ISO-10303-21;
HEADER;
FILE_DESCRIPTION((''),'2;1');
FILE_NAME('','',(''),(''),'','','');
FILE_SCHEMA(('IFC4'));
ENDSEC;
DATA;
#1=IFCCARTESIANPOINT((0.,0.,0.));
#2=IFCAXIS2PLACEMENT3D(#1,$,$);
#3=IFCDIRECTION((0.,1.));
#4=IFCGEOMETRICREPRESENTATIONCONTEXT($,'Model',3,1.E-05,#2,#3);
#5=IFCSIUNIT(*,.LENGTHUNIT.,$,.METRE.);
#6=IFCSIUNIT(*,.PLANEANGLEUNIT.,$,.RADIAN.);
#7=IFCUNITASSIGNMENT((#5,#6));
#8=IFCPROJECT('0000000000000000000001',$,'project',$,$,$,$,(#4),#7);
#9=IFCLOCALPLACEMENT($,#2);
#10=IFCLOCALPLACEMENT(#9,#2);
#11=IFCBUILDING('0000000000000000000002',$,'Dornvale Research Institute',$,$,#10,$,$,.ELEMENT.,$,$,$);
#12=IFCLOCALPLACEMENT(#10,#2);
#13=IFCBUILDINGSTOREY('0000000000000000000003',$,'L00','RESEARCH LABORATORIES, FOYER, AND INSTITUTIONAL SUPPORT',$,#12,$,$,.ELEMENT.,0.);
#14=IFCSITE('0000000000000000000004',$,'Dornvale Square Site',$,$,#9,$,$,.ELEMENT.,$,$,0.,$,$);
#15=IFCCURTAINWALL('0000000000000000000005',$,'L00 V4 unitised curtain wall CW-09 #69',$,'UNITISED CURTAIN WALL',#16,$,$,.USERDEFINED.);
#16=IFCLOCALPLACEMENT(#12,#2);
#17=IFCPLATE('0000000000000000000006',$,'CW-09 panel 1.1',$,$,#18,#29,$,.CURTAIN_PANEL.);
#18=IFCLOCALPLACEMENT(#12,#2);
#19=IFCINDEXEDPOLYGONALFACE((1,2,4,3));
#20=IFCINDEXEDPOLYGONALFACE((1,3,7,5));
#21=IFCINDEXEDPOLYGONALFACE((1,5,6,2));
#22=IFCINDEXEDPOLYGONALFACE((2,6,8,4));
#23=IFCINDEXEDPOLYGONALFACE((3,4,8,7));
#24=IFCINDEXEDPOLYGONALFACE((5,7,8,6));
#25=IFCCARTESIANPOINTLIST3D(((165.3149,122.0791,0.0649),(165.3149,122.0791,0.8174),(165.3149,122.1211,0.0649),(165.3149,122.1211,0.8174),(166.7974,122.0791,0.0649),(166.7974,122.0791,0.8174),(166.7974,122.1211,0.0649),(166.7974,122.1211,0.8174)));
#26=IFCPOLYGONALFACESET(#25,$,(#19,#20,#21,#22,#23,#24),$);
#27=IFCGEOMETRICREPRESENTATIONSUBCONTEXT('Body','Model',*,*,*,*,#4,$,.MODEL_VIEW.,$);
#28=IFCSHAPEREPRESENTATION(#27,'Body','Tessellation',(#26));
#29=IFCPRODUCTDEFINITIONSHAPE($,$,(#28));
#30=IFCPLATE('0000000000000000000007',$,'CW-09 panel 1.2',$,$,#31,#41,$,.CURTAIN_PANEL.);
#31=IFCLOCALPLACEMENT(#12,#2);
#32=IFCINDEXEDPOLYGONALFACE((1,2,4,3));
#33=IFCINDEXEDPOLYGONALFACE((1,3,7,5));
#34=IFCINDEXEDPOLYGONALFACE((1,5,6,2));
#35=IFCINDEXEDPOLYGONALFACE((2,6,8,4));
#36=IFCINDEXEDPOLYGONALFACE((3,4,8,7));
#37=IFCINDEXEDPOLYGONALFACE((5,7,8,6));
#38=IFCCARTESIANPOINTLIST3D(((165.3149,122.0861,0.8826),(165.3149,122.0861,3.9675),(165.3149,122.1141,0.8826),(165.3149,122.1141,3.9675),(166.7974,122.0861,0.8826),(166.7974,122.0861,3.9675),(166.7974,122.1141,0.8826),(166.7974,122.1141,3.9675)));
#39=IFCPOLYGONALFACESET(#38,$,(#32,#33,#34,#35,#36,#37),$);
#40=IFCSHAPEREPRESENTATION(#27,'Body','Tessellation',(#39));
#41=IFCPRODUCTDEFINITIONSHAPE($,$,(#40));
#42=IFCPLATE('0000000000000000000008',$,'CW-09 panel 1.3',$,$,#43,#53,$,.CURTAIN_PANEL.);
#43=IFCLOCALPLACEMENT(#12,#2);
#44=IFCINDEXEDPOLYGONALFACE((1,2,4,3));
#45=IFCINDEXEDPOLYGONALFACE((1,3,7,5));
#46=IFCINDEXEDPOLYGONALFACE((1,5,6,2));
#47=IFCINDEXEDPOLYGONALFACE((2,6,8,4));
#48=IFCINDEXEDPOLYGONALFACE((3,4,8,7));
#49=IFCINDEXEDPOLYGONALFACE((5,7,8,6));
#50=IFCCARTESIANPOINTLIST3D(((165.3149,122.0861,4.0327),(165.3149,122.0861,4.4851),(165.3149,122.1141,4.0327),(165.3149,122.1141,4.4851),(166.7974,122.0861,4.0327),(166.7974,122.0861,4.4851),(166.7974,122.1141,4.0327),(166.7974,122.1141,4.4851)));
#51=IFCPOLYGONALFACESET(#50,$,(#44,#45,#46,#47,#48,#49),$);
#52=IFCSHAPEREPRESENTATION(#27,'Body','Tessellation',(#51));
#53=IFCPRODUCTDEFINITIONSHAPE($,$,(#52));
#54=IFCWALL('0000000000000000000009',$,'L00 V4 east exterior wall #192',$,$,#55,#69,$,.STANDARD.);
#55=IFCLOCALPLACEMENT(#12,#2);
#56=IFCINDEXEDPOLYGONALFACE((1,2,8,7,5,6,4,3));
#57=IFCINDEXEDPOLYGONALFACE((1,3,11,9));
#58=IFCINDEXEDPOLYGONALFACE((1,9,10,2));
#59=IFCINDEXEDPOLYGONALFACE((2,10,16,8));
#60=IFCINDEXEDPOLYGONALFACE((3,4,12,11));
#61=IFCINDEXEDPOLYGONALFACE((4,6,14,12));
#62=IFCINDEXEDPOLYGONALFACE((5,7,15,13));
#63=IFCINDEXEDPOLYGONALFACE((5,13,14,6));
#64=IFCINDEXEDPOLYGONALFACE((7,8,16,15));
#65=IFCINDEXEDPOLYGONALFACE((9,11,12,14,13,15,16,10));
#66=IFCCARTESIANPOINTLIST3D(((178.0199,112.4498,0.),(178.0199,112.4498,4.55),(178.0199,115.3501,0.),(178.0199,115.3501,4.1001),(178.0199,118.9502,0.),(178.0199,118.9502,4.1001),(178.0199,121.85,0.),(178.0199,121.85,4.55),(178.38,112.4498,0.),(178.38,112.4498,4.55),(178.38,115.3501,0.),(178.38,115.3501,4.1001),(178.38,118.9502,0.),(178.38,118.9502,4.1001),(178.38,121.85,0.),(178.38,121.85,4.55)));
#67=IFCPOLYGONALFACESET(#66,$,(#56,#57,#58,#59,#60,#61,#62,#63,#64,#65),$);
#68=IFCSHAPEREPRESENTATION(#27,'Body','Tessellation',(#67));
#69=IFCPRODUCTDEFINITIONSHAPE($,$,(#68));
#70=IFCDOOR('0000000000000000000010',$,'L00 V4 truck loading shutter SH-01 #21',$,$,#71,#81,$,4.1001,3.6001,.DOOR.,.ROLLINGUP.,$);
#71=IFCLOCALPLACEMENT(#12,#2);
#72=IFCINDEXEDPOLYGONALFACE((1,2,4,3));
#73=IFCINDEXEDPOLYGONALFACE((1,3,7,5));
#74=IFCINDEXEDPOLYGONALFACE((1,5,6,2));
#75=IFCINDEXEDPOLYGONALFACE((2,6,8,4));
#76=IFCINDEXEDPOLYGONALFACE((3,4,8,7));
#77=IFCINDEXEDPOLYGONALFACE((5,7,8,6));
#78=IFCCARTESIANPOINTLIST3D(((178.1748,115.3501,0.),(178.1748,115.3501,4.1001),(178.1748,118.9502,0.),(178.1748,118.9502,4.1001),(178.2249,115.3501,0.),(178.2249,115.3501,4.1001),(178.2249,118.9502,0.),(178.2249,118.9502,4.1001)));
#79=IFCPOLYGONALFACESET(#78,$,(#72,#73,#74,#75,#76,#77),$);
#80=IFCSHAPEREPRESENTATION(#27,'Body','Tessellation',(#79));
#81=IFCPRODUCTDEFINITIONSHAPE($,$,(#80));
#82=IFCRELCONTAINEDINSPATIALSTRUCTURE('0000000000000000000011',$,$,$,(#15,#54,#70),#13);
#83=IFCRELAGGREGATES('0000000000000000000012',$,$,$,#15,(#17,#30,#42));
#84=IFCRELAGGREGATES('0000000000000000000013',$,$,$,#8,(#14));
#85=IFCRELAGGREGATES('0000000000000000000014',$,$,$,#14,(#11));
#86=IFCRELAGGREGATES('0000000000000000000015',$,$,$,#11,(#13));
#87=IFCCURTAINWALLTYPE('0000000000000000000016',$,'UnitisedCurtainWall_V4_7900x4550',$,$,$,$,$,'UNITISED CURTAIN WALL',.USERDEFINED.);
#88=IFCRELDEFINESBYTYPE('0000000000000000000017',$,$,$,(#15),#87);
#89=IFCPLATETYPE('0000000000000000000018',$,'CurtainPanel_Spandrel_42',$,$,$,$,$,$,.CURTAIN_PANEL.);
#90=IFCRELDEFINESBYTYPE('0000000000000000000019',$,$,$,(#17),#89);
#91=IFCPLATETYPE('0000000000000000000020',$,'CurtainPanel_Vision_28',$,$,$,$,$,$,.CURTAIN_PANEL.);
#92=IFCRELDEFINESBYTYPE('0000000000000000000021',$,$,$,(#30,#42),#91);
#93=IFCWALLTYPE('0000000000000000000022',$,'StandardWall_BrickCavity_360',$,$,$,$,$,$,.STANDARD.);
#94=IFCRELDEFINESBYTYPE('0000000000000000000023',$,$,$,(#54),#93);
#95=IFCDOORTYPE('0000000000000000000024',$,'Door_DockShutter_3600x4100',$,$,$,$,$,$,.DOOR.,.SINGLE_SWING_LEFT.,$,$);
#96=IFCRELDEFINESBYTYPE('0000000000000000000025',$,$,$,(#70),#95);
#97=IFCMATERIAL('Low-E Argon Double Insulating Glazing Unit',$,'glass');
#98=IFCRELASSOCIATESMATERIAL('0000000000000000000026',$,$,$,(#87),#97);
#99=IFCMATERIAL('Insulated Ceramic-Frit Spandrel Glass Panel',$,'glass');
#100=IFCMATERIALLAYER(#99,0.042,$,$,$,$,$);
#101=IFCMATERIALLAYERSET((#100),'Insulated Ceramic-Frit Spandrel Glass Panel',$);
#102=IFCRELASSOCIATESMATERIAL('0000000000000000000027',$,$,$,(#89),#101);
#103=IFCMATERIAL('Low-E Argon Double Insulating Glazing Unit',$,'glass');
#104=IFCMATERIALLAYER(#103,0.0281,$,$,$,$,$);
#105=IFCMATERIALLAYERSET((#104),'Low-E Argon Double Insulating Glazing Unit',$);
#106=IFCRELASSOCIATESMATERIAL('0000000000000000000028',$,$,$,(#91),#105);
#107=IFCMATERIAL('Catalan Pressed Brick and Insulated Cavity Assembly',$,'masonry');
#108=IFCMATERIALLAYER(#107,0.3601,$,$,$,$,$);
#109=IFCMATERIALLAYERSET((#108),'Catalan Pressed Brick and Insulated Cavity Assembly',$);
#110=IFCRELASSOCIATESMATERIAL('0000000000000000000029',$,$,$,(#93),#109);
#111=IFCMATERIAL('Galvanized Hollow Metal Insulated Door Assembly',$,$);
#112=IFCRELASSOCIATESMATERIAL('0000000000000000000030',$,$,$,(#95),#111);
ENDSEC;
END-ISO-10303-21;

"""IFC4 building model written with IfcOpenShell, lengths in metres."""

from ifc_helpers import new_model, si_unit, direction, frame, frame_2d, origin, origin_2d, place, context, subcontext, project, spatial, rectangle, extrude, material, layer, layer_set, type_object, element, fill, aggregate, save


model = new_model("IFC4")

# Units and contexts
model_context = context("Model", 3, precision=1e-05, world=origin(), true_north=direction((0.0, 1.0)))
body_context = subcontext(model_context, "Body", "Model", "MODEL_VIEW")
ifc_project = project(units=[si_unit("LENGTHUNIT", "METRE"), si_unit("PLANEANGLEUNIT", "RADIAN")], contexts=[model_context])

# Site, building, storey
site_placement = place(None, origin())
site = spatial("IfcSite", under=ifc_project, at=site_placement, Name="Dornvale Square Site", CompositionType="ELEMENT", RefElevation=0.0)
building_placement = place(site_placement, origin())
building = spatial("IfcBuilding", under=site, at=building_placement, Name="Dornvale Research Institute", CompositionType="ELEMENT")
storey_placement = place(building_placement, origin())
storey = spatial("IfcBuildingStorey", under=building, at=storey_placement, Name="L00", Description="RESEARCH LABORATORIES, FOYER, AND INSTITUTIONAL SUPPORT", CompositionType="ELEMENT", Elevation=0.0)

# Curtain wall, plates
ifc_material_1 = material(Name="Low-E Argon Double Insulating Glazing Unit", Category="glass")
curtain_wall_type = type_object("IfcCurtainWallType", Name="UnitisedCurtainWall_V4_7900x4550", ElementType="UNITISED CURTAIN WALL", PredefinedType="USERDEFINED", material=ifc_material_1)
curtain_wall_placement = place(storey_placement, origin())
curtain_wall = element("IfcCurtainWall", 1, at=curtain_wall_placement, inside=storey, type_object=curtain_wall_type, Name="L00 V4 unitised curtain wall CW-09 #69", ObjectType="UNITISED CURTAIN WALL", PredefinedType="USERDEFINED")
ifc_material_2 = material(Name="Insulated Ceramic-Frit Spandrel Glass Panel", Category="glass")
ifc_layer_1 = layer(ifc_material_2, 0.042)
ifc_layer_set_1 = layer_set([ifc_layer_1], Name="Insulated Ceramic-Frit Spandrel Glass Panel")
plate_type_1 = type_object("IfcPlateType", Name="CurtainPanel_Spandrel_42", PredefinedType="CURTAIN_PANEL", material=ifc_layer_set_1)
plate_1_placement = place(storey_placement, frame((166.0562, 122.1001, 0.0649), z_axis=(0.0, 0.0, 1.0), x_axis=(1.0, 0.0, 0.0)))
plate_1 = element("IfcPlate", 2, at=plate_1_placement, type_object=plate_type_1, Name="CW-09 panel 1.1", PredefinedType="CURTAIN_PANEL", context=body_context, shape_type="SweptSolid", body=[
    extrude(rectangle(XDim=1.4824, YDim=0.042, at=origin_2d()), origin(), (0.0, 0.0, 1.0), 0.7524),
])
ifc_material_3 = material(Name="Low-E Argon Double Insulating Glazing Unit", Category="glass")
ifc_layer_2 = layer(ifc_material_3, 0.0281)
ifc_layer_set_2 = layer_set([ifc_layer_2], Name="Low-E Argon Double Insulating Glazing Unit")
plate_type_2 = type_object("IfcPlateType", Name="CurtainPanel_Vision_28", PredefinedType="CURTAIN_PANEL", material=ifc_layer_set_2)
plate_2_placement = place(storey_placement, frame((166.0562, 122.1001, 0.8826), z_axis=(0.0, 0.0, 1.0), x_axis=(1.0, 0.0, 0.0)))
plate_2 = element("IfcPlate", 3, at=plate_2_placement, type_object=plate_type_2, Name="CW-09 panel 1.2", PredefinedType="CURTAIN_PANEL", context=body_context, shape_type="SweptSolid", body=[
    extrude(rectangle(XDim=1.4824, YDim=0.0281, at=origin_2d()), origin(), (0.0, 0.0, 1.0), 3.085),
])
plate_3_placement = place(storey_placement, frame((166.0562, 122.1001, 4.0327), z_axis=(0.0, 0.0, 1.0), x_axis=(1.0, 0.0, 0.0)))
plate_3 = element("IfcPlate", 4, at=plate_3_placement, type_object=plate_type_2, Name="CW-09 panel 1.3", PredefinedType="CURTAIN_PANEL", context=body_context, shape_type="SweptSolid", body=[
    extrude(rectangle(XDim=1.4824, YDim=0.0281, at=origin_2d()), origin(), (0.0, 0.0, 1.0), 0.4524),
])
aggregate(curtain_wall, [plate_1, plate_2, plate_3])

# Wall, opening, door
ifc_material_4 = material(Name="Catalan Pressed Brick and Insulated Cavity Assembly", Category="masonry")
ifc_layer_3 = layer(ifc_material_4, 0.3601)
ifc_layer_set_3 = layer_set([ifc_layer_3], Name="Catalan Pressed Brick and Insulated Cavity Assembly")
wall_type = type_object("IfcWallType", Name="StandardWall_BrickCavity_360", PredefinedType="STANDARD", material=ifc_layer_set_3)
wall_placement = place(storey_placement, frame((178.2, 121.8501, 0.0), z_axis=(0.0, 0.0, 1.0), x_axis=(0.0, -1.0, 0.0)))
wall = element("IfcWall", 5, at=wall_placement, inside=storey, type_object=wall_type, Name="L00 V4 east exterior wall #192", PredefinedType="STANDARD", context=body_context, shape_type="SweptSolid", body=[
    extrude(rectangle(XDim=9.4001, YDim=0.3601, at=frame_2d((4.7002, 0.0))), origin(), (0.0, 0.0, 1.0), 4.55),
])
opening_placement = place(wall_placement, frame((2.8999, 0.0, 0.0)))
opening = element("IfcOpeningElement", 6, at=opening_placement, cuts=wall, PredefinedType="OPENING", context=body_context, shape_type="SweptSolid", body=[
    extrude(rectangle(XDim=3.6001, YDim=4.1001, at=frame_2d((1.8, 2.05))), frame((0.0, 0.1951, 0.0), z_axis=(0.0, -1.0, 0.0), x_axis=(1.0, 0.0, 0.0)), (0.0, 0.0, 1.0), 0.3901),
])
ifc_material_5 = material(Name="Galvanized Hollow Metal Insulated Door Assembly")
door_type = type_object("IfcDoorType", Name="Door_DockShutter_3600x4100", OperationType="SINGLE_SWING_LEFT", PredefinedType="DOOR", material=ifc_material_5)
door_placement = place(opening_placement, origin())
door = element("IfcDoor", 7, at=door_placement, inside=storey, type_object=door_type, Name="L00 V4 truck loading shutter SH-01 #21", OperationType="ROLLINGUP", OverallHeight=4.1001, OverallWidth=3.6001, PredefinedType="DOOR", context=body_context, shape_type="SweptSolid", body=[
    extrude(rectangle(XDim=3.6001, YDim=4.1001, at=frame_2d((1.8, 2.05))), frame((0.0, 0.0249, 0.0), z_axis=(0.0, -1.0, 0.0), x_axis=(1.0, 0.0, 0.0)), (0.0, 0.0, 1.0), 0.05),
])
fill(opening, door)

save(model, "model.ifc")
